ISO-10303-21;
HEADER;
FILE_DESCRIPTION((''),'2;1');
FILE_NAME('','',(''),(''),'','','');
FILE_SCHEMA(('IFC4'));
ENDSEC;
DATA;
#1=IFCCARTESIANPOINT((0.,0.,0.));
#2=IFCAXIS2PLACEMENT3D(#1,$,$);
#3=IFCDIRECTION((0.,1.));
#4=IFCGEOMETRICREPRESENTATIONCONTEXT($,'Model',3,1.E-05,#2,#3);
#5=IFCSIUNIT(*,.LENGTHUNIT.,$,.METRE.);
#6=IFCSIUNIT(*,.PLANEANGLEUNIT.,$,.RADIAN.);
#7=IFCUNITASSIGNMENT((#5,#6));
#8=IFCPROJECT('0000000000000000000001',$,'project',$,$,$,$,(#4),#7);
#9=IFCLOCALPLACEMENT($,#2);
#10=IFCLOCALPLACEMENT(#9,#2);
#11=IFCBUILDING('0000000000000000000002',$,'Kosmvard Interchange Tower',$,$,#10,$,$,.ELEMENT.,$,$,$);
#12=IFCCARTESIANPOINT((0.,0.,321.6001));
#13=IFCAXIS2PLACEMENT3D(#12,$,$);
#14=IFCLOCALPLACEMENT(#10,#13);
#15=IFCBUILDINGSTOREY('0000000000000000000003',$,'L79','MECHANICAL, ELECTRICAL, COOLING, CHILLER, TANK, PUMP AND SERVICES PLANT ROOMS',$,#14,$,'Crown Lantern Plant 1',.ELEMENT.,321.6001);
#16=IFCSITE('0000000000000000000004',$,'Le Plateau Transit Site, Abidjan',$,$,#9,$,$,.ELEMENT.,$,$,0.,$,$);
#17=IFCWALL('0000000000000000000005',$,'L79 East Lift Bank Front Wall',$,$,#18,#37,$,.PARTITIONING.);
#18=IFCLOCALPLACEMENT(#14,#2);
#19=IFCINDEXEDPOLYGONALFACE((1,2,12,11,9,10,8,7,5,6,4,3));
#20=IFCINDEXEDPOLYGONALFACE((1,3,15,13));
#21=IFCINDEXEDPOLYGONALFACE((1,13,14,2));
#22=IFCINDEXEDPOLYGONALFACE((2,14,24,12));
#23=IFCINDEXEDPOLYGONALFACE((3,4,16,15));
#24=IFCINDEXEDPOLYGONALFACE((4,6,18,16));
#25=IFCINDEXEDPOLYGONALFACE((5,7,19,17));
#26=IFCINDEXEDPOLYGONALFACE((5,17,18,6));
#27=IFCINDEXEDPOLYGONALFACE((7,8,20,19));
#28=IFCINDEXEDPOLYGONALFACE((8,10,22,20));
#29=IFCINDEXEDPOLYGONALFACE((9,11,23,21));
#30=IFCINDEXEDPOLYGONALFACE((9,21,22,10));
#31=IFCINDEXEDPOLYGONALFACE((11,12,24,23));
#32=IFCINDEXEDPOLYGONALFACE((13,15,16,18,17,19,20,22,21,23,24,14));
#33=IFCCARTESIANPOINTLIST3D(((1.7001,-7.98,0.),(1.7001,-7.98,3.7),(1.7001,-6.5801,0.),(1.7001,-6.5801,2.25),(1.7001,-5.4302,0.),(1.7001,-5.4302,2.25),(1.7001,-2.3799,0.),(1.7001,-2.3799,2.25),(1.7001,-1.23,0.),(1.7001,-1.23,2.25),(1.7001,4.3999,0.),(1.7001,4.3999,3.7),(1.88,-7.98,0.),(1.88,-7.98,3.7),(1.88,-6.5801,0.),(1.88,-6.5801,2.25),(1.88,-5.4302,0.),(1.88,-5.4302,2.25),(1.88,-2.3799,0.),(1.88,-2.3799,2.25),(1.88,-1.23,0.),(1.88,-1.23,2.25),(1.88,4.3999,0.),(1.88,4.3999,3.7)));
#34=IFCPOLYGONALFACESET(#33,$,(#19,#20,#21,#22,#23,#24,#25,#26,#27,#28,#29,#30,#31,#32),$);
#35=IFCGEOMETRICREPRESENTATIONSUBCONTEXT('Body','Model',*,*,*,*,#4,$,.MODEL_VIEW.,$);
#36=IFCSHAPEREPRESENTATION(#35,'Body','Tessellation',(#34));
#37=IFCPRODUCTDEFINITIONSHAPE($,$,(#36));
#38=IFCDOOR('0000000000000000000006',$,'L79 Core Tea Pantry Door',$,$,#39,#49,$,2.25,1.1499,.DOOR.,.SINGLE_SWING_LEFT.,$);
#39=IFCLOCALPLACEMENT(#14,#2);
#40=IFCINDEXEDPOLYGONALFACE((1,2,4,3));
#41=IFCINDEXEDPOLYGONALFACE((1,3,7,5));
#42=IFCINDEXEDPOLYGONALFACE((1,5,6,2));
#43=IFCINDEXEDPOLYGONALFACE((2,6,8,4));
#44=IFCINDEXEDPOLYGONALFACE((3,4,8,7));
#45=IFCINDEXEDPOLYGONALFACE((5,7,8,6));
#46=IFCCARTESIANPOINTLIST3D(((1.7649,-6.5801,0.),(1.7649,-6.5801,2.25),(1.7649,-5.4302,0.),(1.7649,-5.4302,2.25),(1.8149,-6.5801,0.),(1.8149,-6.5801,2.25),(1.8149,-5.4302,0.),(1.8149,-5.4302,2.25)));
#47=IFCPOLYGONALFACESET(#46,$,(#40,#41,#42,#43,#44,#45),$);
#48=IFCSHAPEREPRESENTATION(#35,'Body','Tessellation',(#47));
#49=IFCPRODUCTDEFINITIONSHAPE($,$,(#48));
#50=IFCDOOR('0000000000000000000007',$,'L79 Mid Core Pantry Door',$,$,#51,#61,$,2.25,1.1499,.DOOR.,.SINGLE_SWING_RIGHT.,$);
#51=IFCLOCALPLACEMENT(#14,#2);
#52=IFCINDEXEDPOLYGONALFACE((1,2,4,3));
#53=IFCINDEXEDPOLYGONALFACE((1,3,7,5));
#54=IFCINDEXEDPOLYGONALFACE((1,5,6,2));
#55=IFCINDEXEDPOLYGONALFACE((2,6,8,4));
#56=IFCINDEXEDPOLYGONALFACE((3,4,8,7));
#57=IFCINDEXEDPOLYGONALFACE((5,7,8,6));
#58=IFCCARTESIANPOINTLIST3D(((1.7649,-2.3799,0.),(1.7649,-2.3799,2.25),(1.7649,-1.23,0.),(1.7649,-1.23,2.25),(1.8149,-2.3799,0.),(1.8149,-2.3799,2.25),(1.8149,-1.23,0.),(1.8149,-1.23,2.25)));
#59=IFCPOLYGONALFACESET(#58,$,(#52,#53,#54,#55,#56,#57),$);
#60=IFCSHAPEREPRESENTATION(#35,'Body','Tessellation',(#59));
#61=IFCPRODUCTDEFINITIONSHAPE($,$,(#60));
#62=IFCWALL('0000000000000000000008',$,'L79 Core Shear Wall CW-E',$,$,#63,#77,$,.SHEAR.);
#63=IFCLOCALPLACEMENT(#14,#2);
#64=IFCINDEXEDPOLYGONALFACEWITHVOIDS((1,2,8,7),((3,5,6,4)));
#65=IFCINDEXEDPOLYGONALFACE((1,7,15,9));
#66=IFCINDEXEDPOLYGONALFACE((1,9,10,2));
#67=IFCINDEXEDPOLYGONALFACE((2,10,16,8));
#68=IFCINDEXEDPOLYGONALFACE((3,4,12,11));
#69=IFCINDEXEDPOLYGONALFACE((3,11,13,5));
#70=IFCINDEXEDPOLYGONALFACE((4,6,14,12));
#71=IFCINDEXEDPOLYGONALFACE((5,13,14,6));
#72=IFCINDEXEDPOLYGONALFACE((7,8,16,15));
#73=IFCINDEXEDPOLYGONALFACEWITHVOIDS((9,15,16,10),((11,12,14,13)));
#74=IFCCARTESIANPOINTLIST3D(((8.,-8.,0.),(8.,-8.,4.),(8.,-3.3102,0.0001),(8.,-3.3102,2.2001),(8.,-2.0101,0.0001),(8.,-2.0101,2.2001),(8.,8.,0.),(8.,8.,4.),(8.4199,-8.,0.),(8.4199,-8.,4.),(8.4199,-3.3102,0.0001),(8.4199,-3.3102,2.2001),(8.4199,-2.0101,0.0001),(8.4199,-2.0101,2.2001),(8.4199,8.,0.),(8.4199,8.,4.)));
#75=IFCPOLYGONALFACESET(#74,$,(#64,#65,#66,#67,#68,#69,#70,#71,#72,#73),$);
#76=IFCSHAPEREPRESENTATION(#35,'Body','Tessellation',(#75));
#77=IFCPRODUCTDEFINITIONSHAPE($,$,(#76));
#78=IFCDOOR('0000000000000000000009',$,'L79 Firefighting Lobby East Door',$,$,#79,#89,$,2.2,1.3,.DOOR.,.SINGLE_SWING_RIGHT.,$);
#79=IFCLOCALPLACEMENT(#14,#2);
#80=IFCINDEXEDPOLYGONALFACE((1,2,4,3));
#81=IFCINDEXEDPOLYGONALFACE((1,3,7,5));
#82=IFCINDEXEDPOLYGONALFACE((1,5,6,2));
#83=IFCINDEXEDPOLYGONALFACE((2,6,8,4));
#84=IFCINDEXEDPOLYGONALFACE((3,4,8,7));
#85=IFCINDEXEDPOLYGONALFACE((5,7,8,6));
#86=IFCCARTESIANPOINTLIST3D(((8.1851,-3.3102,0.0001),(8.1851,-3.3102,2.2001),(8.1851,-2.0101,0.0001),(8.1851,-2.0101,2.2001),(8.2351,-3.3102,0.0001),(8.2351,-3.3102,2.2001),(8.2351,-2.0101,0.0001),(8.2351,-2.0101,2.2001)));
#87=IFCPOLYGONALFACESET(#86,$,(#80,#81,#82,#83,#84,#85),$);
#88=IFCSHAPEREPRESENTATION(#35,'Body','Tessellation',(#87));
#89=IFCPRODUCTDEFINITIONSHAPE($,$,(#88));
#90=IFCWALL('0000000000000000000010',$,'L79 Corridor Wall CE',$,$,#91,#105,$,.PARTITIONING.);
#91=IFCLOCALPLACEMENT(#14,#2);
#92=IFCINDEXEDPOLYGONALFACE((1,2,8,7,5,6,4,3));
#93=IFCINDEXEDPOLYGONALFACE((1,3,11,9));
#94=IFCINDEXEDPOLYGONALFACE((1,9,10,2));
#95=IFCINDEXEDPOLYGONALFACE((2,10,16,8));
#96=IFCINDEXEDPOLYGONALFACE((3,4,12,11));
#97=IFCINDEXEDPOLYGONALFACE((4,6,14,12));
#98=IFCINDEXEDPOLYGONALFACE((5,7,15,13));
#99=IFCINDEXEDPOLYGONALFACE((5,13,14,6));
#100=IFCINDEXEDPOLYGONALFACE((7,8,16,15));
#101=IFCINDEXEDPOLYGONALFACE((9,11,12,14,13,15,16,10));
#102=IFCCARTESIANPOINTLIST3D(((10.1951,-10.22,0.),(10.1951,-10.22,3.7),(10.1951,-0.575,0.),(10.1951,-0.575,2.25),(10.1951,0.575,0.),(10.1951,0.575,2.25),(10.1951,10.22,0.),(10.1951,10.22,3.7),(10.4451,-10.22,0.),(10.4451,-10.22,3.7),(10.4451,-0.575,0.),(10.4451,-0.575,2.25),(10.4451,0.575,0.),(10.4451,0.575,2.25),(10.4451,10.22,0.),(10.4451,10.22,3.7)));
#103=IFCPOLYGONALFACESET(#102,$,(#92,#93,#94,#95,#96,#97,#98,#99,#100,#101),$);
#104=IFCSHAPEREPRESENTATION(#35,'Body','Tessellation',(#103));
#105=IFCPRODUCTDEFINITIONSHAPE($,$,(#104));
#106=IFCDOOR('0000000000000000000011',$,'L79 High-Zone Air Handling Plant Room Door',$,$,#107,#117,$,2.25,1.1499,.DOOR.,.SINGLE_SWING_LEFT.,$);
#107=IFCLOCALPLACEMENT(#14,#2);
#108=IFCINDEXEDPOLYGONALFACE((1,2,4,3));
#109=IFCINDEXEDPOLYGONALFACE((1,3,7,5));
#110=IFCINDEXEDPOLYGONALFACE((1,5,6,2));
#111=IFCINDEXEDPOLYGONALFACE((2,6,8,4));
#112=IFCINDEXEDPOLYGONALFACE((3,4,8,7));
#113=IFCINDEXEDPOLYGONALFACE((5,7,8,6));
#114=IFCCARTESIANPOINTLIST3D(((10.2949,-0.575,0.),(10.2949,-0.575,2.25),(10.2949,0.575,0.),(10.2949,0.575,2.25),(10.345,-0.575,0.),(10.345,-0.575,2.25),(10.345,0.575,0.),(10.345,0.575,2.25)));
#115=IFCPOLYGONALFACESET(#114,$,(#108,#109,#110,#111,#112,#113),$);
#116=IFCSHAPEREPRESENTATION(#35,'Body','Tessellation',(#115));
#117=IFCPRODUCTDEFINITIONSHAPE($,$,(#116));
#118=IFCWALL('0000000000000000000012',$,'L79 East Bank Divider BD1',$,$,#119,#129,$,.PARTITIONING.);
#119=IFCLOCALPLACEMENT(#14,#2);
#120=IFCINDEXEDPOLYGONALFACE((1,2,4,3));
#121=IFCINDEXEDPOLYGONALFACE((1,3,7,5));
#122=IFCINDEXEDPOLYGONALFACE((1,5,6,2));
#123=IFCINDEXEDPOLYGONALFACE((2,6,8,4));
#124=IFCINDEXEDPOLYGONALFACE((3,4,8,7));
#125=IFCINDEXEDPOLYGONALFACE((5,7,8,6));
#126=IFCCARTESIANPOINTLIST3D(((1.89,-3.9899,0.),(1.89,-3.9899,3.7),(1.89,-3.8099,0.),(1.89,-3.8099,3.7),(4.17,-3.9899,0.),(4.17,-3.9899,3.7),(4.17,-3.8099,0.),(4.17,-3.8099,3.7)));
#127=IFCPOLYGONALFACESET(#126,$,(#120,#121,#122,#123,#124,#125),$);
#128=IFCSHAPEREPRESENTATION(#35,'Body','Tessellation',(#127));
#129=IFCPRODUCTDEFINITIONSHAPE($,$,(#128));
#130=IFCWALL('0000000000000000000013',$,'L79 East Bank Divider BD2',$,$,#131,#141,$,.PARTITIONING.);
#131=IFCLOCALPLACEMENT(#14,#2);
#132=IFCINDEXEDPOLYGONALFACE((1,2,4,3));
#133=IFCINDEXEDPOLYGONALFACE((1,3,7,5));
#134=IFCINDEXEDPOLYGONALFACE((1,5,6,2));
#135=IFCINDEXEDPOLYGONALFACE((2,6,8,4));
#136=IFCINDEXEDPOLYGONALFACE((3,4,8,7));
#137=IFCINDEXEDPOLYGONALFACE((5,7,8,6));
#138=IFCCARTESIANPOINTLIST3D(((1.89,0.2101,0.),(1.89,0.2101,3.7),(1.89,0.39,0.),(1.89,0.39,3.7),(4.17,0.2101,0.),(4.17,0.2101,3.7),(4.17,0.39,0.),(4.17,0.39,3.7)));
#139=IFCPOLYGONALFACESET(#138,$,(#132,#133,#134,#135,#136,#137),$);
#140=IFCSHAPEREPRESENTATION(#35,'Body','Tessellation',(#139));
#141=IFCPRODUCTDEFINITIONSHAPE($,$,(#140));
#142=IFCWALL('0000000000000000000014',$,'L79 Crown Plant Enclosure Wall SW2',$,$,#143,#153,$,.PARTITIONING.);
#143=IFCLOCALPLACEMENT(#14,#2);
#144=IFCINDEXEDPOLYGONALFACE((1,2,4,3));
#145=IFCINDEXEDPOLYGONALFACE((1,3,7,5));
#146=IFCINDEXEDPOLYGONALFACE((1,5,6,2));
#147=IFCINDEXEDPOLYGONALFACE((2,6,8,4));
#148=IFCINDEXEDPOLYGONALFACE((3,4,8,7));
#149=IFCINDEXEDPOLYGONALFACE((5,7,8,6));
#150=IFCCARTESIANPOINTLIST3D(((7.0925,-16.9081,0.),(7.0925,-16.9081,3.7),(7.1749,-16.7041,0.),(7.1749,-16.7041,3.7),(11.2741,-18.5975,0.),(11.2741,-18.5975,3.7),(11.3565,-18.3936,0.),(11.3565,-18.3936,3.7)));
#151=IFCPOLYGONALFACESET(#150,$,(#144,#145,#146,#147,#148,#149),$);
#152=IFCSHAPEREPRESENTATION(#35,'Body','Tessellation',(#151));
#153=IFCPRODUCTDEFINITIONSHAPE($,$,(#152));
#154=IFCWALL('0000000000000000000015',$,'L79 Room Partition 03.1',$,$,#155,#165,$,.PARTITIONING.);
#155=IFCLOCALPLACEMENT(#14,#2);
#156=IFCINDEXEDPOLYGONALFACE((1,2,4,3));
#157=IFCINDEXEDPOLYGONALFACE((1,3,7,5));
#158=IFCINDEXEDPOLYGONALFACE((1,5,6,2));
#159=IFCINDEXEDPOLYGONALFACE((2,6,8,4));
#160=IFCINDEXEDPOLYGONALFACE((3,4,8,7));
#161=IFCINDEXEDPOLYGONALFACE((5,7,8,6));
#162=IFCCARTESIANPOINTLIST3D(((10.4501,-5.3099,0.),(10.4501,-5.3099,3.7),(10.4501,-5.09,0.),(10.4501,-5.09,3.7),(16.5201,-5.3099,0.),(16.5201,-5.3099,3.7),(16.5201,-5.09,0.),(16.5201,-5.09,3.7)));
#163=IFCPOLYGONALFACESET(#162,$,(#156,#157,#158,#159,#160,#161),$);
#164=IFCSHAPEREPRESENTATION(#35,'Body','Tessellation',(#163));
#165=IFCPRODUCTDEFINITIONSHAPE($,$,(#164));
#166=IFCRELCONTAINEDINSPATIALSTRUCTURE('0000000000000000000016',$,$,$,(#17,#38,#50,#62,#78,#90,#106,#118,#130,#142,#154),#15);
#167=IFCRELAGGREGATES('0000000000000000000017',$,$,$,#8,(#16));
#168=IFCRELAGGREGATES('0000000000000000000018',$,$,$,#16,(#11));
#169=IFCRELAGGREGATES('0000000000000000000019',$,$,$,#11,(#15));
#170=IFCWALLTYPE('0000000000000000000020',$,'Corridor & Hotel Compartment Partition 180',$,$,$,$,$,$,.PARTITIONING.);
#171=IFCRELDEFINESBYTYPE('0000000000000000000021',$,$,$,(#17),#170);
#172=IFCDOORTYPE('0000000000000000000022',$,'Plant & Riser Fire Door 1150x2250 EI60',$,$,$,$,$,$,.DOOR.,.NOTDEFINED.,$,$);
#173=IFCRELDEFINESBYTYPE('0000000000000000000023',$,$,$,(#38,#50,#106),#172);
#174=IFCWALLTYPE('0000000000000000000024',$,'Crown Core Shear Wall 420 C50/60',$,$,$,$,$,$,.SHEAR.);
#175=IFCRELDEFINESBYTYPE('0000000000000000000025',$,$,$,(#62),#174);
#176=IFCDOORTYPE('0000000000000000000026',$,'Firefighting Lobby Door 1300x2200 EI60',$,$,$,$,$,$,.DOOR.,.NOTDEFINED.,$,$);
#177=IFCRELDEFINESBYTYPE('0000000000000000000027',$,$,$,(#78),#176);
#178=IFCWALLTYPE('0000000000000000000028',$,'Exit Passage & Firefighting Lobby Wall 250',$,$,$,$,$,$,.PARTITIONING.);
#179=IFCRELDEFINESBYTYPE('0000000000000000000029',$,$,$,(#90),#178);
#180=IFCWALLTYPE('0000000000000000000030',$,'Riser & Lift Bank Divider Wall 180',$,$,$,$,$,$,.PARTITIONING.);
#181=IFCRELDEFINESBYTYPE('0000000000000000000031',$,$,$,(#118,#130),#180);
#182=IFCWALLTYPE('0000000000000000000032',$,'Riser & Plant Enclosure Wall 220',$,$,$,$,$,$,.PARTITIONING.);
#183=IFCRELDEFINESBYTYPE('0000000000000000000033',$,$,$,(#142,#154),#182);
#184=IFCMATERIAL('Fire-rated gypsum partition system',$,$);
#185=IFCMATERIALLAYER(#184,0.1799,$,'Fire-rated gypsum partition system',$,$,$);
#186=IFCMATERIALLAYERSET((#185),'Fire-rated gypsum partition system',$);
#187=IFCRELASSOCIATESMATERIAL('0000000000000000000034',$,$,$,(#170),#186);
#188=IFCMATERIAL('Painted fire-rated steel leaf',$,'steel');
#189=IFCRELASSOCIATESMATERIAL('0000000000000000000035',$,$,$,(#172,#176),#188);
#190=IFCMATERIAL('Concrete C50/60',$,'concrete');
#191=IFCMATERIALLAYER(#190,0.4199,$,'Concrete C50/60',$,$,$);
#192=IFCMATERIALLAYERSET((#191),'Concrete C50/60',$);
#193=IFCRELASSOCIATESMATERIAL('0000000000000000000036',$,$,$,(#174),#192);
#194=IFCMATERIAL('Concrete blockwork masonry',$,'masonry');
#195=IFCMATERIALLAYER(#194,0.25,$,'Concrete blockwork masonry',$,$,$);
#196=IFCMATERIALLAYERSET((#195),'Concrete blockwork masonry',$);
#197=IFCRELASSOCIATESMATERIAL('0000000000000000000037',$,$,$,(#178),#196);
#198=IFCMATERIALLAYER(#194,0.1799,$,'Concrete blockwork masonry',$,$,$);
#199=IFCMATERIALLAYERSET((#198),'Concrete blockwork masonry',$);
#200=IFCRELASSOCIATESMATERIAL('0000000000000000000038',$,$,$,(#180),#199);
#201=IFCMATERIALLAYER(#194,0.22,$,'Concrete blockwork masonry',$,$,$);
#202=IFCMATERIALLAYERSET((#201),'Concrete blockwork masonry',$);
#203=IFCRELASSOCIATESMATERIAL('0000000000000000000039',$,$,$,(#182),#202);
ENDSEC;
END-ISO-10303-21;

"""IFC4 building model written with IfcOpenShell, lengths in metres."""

from ifc_helpers import new_model, si_unit, direction, frame, frame_2d, origin, place, context, subcontext, project, spatial, rectangle, extrude, source, transform, mapped, material, layer, layer_set, type_object, element, fill, save


model = new_model("IFC4")

# Units and contexts
model_context = context("Model", 3, precision=1e-05, world=origin(), true_north=direction((0.0, 1.0)))
body_context = subcontext(model_context, "Body", "Model", "MODEL_VIEW")
ifc_project = project(units=[si_unit("LENGTHUNIT", "METRE"), si_unit("PLANEANGLEUNIT", "RADIAN")], contexts=[model_context])

# Site, building, storey
site_placement = place(None, origin())
site = spatial("IfcSite", under=ifc_project, at=site_placement, Name="Le Plateau Transit Site, Abidjan", CompositionType="ELEMENT", RefElevation=0.0)
building_placement = place(site_placement, origin())
building = spatial("IfcBuilding", under=site, at=building_placement, Name="Kosmvard Interchange Tower", CompositionType="ELEMENT")
storey_placement = place(building_placement, frame((0.0, 0.0, 321.6001)))
storey = spatial("IfcBuildingStorey", under=building, at=storey_placement, Name="L79", Description="MECHANICAL, ELECTRICAL, COOLING, CHILLER, TANK, PUMP AND SERVICES PLANT ROOMS", LongName="Crown Lantern Plant 1", CompositionType="ELEMENT", Elevation=321.6001)

# Shared definitions
ifc_material_1 = material(Name="Concrete C50/60", Category="concrete")

# Wall, openings, doors
ifc_material_2 = material(Name="Fire-rated gypsum partition system")
ifc_layer_1 = layer(ifc_material_2, 0.1799, Name="Fire-rated gypsum partition system")
ifc_layer_set_1 = layer_set([ifc_layer_1], Name="Fire-rated gypsum partition system")
wall_type_1 = type_object("IfcWallType", Name="Corridor & Hotel Compartment Partition 180", PredefinedType="PARTITIONING", material=ifc_layer_set_1)
wall_1_placement = place(storey_placement, frame((1.79, -7.98, 0.0), z_axis=(0.0, 0.0, 1.0), x_axis=(0.0, 1.0, 0.0)))
wall_1 = element("IfcWall", 1, at=wall_1_placement, inside=storey, type_object=wall_type_1, Name="L79 East Lift Bank Front Wall", PredefinedType="PARTITIONING", context=body_context, shape_type="SweptSolid", body=[
    extrude(rectangle(XDim=12.3799, YDim=0.1799, at=frame_2d((6.1899, 0.0))), origin(), (0.0, 0.0, 1.0), 3.7),
])
opening_1_placement = place(wall_1_placement, frame((1.3999, 0.0, 0.0)))
opening_1 = element("IfcOpeningElement", 2, at=opening_1_placement, cuts=wall_1, PredefinedType="OPENING", context=body_context, shape_type="SweptSolid", body=[
    extrude(rectangle(XDim=1.1499, YDim=2.25, at=frame_2d((0.575, 1.125))), frame((0.0, 0.1001, 0.0), z_axis=(0.0, -1.0, 0.0), x_axis=(1.0, 0.0, 0.0)), (0.0, 0.0, 1.0), 0.2),
])
opening_2_placement = place(wall_1_placement, frame((5.6001, 0.0, 0.0)))
opening_2 = element("IfcOpeningElement", 3, at=opening_2_placement, cuts=wall_1, PredefinedType="OPENING", context=body_context, shape_type="SweptSolid", body=[
    extrude(rectangle(XDim=1.1499, YDim=2.25, at=frame_2d((0.575, 1.125))), frame((0.0, 0.1001, 0.0), z_axis=(0.0, -1.0, 0.0), x_axis=(1.0, 0.0, 0.0)), (0.0, 0.0, 1.0), 0.2),
])
ifc_material_3 = material(Name="Painted fire-rated steel leaf", Category="steel")
door_type_1 = type_object("IfcDoorType", Name="Plant & Riser Fire Door 1150x2250 EI60", OperationType="NOTDEFINED", PredefinedType="DOOR", material=ifc_material_3)
shared_shape_1 = source(origin(), body_context, "Body", "SweptSolid", [
    extrude(rectangle(XDim=1.1499, YDim=2.25, at=frame_2d((0.575, 1.125))), frame((0.0, 0.0249, 0.0), z_axis=(0.0, -1.0, 0.0), x_axis=(1.0, 0.0, 0.0)), (0.0, 0.0, 1.0), 0.05),
])
door_1_placement = place(opening_1_placement, frame((1.1499, 0.0, 0.0), z_axis=(0.0, 0.0, 1.0), x_axis=(-1.0, 0.0, 0.0)))
door_1 = element("IfcDoor", 4, at=door_1_placement, inside=storey, type_object=door_type_1, Name="L79 Core Tea Pantry Door", OperationType="SINGLE_SWING_LEFT", OverallHeight=2.25, OverallWidth=1.1499, PredefinedType="DOOR", context=body_context, shape_type="MappedRepresentation", body=[
    mapped(shared_shape_1, transform((0.0, 0.0, 0.0), scale=1.0)),
])
fill(opening_1, door_1)
door_2_placement = place(opening_2_placement, frame((1.1499, 0.0, 0.0), z_axis=(0.0, 0.0, 1.0), x_axis=(-1.0, 0.0, 0.0)))
door_2 = element("IfcDoor", 5, at=door_2_placement, inside=storey, type_object=door_type_1, Name="L79 Mid Core Pantry Door", OperationType="SINGLE_SWING_RIGHT", OverallHeight=2.25, OverallWidth=1.1499, PredefinedType="DOOR", context=body_context, shape_type="MappedRepresentation", body=[
    mapped(shared_shape_1, transform((0.0, 0.0, 0.0), scale=1.0)),
])
fill(opening_2, door_2)

# Walls, openings, doors
ifc_layer_2 = layer(ifc_material_1, 0.4199, Name="Concrete C50/60")
ifc_layer_set_2 = layer_set([ifc_layer_2], Name="Concrete C50/60")
wall_type_2 = type_object("IfcWallType", Name="Crown Core Shear Wall 420 C50/60", PredefinedType="SHEAR", material=ifc_layer_set_2)
wall_2_placement = place(storey_placement, frame((8.21, -8.0, 0.0), z_axis=(0.0, 0.0, 1.0), x_axis=(0.0, 1.0, 0.0)))
wall_2 = element("IfcWall", 6, at=wall_2_placement, inside=storey, type_object=wall_type_2, Name="L79 Core Shear Wall CW-E", PredefinedType="SHEAR", context=body_context, shape_type="SweptSolid", body=[
    extrude(rectangle(XDim=16.0, YDim=0.4199, at=frame_2d((8.0, 0.0))), origin(), (0.0, 0.0, 1.0), 4.0),
])
opening_3_placement = place(wall_2_placement, frame((4.6899, 0.0, 0.0)))
opening_3 = element("IfcOpeningElement", 7, at=opening_3_placement, cuts=wall_2, PredefinedType="OPENING", context=body_context, shape_type="SweptSolid", body=[
    extrude(rectangle(XDim=1.3, YDim=2.2, at=frame_2d((0.6499, 1.1001))), frame((0.0, 0.22, 0.0), z_axis=(0.0, -1.0, 0.0), x_axis=(1.0, 0.0, 0.0)), (0.0, 0.0, 1.0), 0.4399),
])
door_type_2 = type_object("IfcDoorType", Name="Firefighting Lobby Door 1300x2200 EI60", OperationType="NOTDEFINED", PredefinedType="DOOR", material=ifc_material_3)
shared_shape_2 = source(origin(), body_context, "Body", "SweptSolid", [
    extrude(rectangle(XDim=1.3, YDim=2.2, at=frame_2d((0.6499, 1.1001))), frame((0.0, 0.0249, 0.0), z_axis=(0.0, -1.0, 0.0), x_axis=(1.0, 0.0, 0.0)), (0.0, 0.0, 1.0), 0.05),
])
door_3_placement = place(opening_3_placement, origin())
door_3 = element("IfcDoor", 8, at=door_3_placement, inside=storey, type_object=door_type_2, Name="L79 Firefighting Lobby East Door", OperationType="SINGLE_SWING_RIGHT", OverallHeight=2.2, OverallWidth=1.3, PredefinedType="DOOR", context=body_context, shape_type="MappedRepresentation", body=[
    mapped(shared_shape_2, transform((0.0, 0.0, 0.0), scale=1.0)),
])
fill(opening_3, door_3)
ifc_material_4 = material(Name="Concrete blockwork masonry", Category="masonry")
ifc_layer_3 = layer(ifc_material_4, 0.25, Name="Concrete blockwork masonry")
ifc_layer_set_3 = layer_set([ifc_layer_3], Name="Concrete blockwork masonry")
wall_type_3 = type_object("IfcWallType", Name="Exit Passage & Firefighting Lobby Wall 250", PredefinedType="PARTITIONING", material=ifc_layer_set_3)
wall_3_placement = place(storey_placement, frame((10.3201, -10.22, 0.0), z_axis=(0.0, 0.0, 1.0), x_axis=(0.0, 1.0, 0.0)))
wall_3 = element("IfcWall", 9, at=wall_3_placement, inside=storey, type_object=wall_type_3, Name="L79 Corridor Wall CE", PredefinedType="PARTITIONING", context=body_context, shape_type="SweptSolid", body=[
    extrude(rectangle(XDim=20.4399, YDim=0.25, at=frame_2d((10.22, 0.0))), origin(), (0.0, 0.0, 1.0), 3.7),
])
opening_4_placement = place(wall_3_placement, frame((9.645, 0.0, 0.0)))
opening_4 = element("IfcOpeningElement", 10, at=opening_4_placement, cuts=wall_3, PredefinedType="OPENING", context=body_context, shape_type="SweptSolid", body=[
    extrude(rectangle(XDim=1.1499, YDim=2.25, at=frame_2d((0.575, 1.125))), frame((0.0, 0.135, 0.0), z_axis=(0.0, -1.0, 0.0), x_axis=(1.0, 0.0, 0.0)), (0.0, 0.0, 1.0), 0.27),
])
door_4_placement = place(opening_4_placement, frame((1.1499, 0.0, 0.0), z_axis=(0.0, 0.0, 1.0), x_axis=(-1.0, 0.0, 0.0)))
door_4 = element("IfcDoor", 11, at=door_4_placement, inside=storey, type_object=door_type_1, Name="L79 High-Zone Air Handling Plant Room Door", OperationType="SINGLE_SWING_LEFT", OverallHeight=2.25, OverallWidth=1.1499, PredefinedType="DOOR", context=body_context, shape_type="MappedRepresentation", body=[
    mapped(shared_shape_1, transform((0.0, 0.0, 0.0), scale=1.0)),
])
fill(opening_4, door_4)

# Walls
ifc_layer_4 = layer(ifc_material_4, 0.1799, Name="Concrete blockwork masonry")
ifc_layer_set_4 = layer_set([ifc_layer_4], Name="Concrete blockwork masonry")
wall_type_4 = type_object("IfcWallType", Name="Riser & Lift Bank Divider Wall 180", PredefinedType="PARTITIONING", material=ifc_layer_set_4)
for number, where, z_axis, x_axis, name in (
    (12, (1.8899, -3.8999, 0.0), (0.0, 0.0, 1.0), (1.0, 0.0, 0.0), "L79 East Bank Divider BD1"),
    (13, (1.8899, 0.3, 0.0), (0.0, 0.0, 1.0), (1.0, 0.0, 0.0), "L79 East Bank Divider BD2"),
):
    element("IfcWall", number, at=place(storey_placement, frame(where, z_axis=z_axis, x_axis=x_axis)), inside=storey, type_object=wall_type_4, Name=name, PredefinedType="PARTITIONING", context=body_context, shape_type="SweptSolid", body=[
        extrude(rectangle(XDim=2.28, YDim=0.1799, at=frame_2d((1.1401, 0.0))), origin(), (0.0, 0.0, 1.0), 3.7),
    ])
ifc_layer_5 = layer(ifc_material_4, 0.22, Name="Concrete blockwork masonry")
ifc_layer_set_5 = layer_set([ifc_layer_5], Name="Concrete blockwork masonry")
wall_type_5 = type_object("IfcWallType", Name="Riser & Plant Enclosure Wall 220", PredefinedType="PARTITIONING", material=ifc_layer_set_5)
wall_4_placement = place(storey_placement, frame((7.1338, -16.8062, 0.0), z_axis=(0.0, 0.0, 1.0), x_axis=(0.927187, -0.374599, 0.0)))
element("IfcWall", 14, at=wall_4_placement, inside=storey, type_object=wall_type_5, Name="L79 Crown Plant Enclosure Wall SW2", PredefinedType="PARTITIONING", context=body_context, shape_type="SweptSolid", body=[
    extrude(rectangle(XDim=4.51, YDim=0.22, at=frame_2d((2.2549, 0.0))), origin(), (0.0, 0.0, 1.0), 3.7),
])
wall_5_placement = place(storey_placement, frame((10.45, -5.2, 0.0), z_axis=(0.0, 0.0, 1.0), x_axis=(1.0, 0.0, 0.0)))
element("IfcWall", 15, at=wall_5_placement, inside=storey, type_object=wall_type_5, Name="L79 Room Partition 03.1", PredefinedType="PARTITIONING", context=body_context, shape_type="SweptSolid", body=[
    extrude(rectangle(XDim=6.0701, YDim=0.22, at=frame_2d((3.0352, 0.0))), origin(), (0.0, 0.0, 1.0), 3.7),
])

save(model, "model.ifc")
